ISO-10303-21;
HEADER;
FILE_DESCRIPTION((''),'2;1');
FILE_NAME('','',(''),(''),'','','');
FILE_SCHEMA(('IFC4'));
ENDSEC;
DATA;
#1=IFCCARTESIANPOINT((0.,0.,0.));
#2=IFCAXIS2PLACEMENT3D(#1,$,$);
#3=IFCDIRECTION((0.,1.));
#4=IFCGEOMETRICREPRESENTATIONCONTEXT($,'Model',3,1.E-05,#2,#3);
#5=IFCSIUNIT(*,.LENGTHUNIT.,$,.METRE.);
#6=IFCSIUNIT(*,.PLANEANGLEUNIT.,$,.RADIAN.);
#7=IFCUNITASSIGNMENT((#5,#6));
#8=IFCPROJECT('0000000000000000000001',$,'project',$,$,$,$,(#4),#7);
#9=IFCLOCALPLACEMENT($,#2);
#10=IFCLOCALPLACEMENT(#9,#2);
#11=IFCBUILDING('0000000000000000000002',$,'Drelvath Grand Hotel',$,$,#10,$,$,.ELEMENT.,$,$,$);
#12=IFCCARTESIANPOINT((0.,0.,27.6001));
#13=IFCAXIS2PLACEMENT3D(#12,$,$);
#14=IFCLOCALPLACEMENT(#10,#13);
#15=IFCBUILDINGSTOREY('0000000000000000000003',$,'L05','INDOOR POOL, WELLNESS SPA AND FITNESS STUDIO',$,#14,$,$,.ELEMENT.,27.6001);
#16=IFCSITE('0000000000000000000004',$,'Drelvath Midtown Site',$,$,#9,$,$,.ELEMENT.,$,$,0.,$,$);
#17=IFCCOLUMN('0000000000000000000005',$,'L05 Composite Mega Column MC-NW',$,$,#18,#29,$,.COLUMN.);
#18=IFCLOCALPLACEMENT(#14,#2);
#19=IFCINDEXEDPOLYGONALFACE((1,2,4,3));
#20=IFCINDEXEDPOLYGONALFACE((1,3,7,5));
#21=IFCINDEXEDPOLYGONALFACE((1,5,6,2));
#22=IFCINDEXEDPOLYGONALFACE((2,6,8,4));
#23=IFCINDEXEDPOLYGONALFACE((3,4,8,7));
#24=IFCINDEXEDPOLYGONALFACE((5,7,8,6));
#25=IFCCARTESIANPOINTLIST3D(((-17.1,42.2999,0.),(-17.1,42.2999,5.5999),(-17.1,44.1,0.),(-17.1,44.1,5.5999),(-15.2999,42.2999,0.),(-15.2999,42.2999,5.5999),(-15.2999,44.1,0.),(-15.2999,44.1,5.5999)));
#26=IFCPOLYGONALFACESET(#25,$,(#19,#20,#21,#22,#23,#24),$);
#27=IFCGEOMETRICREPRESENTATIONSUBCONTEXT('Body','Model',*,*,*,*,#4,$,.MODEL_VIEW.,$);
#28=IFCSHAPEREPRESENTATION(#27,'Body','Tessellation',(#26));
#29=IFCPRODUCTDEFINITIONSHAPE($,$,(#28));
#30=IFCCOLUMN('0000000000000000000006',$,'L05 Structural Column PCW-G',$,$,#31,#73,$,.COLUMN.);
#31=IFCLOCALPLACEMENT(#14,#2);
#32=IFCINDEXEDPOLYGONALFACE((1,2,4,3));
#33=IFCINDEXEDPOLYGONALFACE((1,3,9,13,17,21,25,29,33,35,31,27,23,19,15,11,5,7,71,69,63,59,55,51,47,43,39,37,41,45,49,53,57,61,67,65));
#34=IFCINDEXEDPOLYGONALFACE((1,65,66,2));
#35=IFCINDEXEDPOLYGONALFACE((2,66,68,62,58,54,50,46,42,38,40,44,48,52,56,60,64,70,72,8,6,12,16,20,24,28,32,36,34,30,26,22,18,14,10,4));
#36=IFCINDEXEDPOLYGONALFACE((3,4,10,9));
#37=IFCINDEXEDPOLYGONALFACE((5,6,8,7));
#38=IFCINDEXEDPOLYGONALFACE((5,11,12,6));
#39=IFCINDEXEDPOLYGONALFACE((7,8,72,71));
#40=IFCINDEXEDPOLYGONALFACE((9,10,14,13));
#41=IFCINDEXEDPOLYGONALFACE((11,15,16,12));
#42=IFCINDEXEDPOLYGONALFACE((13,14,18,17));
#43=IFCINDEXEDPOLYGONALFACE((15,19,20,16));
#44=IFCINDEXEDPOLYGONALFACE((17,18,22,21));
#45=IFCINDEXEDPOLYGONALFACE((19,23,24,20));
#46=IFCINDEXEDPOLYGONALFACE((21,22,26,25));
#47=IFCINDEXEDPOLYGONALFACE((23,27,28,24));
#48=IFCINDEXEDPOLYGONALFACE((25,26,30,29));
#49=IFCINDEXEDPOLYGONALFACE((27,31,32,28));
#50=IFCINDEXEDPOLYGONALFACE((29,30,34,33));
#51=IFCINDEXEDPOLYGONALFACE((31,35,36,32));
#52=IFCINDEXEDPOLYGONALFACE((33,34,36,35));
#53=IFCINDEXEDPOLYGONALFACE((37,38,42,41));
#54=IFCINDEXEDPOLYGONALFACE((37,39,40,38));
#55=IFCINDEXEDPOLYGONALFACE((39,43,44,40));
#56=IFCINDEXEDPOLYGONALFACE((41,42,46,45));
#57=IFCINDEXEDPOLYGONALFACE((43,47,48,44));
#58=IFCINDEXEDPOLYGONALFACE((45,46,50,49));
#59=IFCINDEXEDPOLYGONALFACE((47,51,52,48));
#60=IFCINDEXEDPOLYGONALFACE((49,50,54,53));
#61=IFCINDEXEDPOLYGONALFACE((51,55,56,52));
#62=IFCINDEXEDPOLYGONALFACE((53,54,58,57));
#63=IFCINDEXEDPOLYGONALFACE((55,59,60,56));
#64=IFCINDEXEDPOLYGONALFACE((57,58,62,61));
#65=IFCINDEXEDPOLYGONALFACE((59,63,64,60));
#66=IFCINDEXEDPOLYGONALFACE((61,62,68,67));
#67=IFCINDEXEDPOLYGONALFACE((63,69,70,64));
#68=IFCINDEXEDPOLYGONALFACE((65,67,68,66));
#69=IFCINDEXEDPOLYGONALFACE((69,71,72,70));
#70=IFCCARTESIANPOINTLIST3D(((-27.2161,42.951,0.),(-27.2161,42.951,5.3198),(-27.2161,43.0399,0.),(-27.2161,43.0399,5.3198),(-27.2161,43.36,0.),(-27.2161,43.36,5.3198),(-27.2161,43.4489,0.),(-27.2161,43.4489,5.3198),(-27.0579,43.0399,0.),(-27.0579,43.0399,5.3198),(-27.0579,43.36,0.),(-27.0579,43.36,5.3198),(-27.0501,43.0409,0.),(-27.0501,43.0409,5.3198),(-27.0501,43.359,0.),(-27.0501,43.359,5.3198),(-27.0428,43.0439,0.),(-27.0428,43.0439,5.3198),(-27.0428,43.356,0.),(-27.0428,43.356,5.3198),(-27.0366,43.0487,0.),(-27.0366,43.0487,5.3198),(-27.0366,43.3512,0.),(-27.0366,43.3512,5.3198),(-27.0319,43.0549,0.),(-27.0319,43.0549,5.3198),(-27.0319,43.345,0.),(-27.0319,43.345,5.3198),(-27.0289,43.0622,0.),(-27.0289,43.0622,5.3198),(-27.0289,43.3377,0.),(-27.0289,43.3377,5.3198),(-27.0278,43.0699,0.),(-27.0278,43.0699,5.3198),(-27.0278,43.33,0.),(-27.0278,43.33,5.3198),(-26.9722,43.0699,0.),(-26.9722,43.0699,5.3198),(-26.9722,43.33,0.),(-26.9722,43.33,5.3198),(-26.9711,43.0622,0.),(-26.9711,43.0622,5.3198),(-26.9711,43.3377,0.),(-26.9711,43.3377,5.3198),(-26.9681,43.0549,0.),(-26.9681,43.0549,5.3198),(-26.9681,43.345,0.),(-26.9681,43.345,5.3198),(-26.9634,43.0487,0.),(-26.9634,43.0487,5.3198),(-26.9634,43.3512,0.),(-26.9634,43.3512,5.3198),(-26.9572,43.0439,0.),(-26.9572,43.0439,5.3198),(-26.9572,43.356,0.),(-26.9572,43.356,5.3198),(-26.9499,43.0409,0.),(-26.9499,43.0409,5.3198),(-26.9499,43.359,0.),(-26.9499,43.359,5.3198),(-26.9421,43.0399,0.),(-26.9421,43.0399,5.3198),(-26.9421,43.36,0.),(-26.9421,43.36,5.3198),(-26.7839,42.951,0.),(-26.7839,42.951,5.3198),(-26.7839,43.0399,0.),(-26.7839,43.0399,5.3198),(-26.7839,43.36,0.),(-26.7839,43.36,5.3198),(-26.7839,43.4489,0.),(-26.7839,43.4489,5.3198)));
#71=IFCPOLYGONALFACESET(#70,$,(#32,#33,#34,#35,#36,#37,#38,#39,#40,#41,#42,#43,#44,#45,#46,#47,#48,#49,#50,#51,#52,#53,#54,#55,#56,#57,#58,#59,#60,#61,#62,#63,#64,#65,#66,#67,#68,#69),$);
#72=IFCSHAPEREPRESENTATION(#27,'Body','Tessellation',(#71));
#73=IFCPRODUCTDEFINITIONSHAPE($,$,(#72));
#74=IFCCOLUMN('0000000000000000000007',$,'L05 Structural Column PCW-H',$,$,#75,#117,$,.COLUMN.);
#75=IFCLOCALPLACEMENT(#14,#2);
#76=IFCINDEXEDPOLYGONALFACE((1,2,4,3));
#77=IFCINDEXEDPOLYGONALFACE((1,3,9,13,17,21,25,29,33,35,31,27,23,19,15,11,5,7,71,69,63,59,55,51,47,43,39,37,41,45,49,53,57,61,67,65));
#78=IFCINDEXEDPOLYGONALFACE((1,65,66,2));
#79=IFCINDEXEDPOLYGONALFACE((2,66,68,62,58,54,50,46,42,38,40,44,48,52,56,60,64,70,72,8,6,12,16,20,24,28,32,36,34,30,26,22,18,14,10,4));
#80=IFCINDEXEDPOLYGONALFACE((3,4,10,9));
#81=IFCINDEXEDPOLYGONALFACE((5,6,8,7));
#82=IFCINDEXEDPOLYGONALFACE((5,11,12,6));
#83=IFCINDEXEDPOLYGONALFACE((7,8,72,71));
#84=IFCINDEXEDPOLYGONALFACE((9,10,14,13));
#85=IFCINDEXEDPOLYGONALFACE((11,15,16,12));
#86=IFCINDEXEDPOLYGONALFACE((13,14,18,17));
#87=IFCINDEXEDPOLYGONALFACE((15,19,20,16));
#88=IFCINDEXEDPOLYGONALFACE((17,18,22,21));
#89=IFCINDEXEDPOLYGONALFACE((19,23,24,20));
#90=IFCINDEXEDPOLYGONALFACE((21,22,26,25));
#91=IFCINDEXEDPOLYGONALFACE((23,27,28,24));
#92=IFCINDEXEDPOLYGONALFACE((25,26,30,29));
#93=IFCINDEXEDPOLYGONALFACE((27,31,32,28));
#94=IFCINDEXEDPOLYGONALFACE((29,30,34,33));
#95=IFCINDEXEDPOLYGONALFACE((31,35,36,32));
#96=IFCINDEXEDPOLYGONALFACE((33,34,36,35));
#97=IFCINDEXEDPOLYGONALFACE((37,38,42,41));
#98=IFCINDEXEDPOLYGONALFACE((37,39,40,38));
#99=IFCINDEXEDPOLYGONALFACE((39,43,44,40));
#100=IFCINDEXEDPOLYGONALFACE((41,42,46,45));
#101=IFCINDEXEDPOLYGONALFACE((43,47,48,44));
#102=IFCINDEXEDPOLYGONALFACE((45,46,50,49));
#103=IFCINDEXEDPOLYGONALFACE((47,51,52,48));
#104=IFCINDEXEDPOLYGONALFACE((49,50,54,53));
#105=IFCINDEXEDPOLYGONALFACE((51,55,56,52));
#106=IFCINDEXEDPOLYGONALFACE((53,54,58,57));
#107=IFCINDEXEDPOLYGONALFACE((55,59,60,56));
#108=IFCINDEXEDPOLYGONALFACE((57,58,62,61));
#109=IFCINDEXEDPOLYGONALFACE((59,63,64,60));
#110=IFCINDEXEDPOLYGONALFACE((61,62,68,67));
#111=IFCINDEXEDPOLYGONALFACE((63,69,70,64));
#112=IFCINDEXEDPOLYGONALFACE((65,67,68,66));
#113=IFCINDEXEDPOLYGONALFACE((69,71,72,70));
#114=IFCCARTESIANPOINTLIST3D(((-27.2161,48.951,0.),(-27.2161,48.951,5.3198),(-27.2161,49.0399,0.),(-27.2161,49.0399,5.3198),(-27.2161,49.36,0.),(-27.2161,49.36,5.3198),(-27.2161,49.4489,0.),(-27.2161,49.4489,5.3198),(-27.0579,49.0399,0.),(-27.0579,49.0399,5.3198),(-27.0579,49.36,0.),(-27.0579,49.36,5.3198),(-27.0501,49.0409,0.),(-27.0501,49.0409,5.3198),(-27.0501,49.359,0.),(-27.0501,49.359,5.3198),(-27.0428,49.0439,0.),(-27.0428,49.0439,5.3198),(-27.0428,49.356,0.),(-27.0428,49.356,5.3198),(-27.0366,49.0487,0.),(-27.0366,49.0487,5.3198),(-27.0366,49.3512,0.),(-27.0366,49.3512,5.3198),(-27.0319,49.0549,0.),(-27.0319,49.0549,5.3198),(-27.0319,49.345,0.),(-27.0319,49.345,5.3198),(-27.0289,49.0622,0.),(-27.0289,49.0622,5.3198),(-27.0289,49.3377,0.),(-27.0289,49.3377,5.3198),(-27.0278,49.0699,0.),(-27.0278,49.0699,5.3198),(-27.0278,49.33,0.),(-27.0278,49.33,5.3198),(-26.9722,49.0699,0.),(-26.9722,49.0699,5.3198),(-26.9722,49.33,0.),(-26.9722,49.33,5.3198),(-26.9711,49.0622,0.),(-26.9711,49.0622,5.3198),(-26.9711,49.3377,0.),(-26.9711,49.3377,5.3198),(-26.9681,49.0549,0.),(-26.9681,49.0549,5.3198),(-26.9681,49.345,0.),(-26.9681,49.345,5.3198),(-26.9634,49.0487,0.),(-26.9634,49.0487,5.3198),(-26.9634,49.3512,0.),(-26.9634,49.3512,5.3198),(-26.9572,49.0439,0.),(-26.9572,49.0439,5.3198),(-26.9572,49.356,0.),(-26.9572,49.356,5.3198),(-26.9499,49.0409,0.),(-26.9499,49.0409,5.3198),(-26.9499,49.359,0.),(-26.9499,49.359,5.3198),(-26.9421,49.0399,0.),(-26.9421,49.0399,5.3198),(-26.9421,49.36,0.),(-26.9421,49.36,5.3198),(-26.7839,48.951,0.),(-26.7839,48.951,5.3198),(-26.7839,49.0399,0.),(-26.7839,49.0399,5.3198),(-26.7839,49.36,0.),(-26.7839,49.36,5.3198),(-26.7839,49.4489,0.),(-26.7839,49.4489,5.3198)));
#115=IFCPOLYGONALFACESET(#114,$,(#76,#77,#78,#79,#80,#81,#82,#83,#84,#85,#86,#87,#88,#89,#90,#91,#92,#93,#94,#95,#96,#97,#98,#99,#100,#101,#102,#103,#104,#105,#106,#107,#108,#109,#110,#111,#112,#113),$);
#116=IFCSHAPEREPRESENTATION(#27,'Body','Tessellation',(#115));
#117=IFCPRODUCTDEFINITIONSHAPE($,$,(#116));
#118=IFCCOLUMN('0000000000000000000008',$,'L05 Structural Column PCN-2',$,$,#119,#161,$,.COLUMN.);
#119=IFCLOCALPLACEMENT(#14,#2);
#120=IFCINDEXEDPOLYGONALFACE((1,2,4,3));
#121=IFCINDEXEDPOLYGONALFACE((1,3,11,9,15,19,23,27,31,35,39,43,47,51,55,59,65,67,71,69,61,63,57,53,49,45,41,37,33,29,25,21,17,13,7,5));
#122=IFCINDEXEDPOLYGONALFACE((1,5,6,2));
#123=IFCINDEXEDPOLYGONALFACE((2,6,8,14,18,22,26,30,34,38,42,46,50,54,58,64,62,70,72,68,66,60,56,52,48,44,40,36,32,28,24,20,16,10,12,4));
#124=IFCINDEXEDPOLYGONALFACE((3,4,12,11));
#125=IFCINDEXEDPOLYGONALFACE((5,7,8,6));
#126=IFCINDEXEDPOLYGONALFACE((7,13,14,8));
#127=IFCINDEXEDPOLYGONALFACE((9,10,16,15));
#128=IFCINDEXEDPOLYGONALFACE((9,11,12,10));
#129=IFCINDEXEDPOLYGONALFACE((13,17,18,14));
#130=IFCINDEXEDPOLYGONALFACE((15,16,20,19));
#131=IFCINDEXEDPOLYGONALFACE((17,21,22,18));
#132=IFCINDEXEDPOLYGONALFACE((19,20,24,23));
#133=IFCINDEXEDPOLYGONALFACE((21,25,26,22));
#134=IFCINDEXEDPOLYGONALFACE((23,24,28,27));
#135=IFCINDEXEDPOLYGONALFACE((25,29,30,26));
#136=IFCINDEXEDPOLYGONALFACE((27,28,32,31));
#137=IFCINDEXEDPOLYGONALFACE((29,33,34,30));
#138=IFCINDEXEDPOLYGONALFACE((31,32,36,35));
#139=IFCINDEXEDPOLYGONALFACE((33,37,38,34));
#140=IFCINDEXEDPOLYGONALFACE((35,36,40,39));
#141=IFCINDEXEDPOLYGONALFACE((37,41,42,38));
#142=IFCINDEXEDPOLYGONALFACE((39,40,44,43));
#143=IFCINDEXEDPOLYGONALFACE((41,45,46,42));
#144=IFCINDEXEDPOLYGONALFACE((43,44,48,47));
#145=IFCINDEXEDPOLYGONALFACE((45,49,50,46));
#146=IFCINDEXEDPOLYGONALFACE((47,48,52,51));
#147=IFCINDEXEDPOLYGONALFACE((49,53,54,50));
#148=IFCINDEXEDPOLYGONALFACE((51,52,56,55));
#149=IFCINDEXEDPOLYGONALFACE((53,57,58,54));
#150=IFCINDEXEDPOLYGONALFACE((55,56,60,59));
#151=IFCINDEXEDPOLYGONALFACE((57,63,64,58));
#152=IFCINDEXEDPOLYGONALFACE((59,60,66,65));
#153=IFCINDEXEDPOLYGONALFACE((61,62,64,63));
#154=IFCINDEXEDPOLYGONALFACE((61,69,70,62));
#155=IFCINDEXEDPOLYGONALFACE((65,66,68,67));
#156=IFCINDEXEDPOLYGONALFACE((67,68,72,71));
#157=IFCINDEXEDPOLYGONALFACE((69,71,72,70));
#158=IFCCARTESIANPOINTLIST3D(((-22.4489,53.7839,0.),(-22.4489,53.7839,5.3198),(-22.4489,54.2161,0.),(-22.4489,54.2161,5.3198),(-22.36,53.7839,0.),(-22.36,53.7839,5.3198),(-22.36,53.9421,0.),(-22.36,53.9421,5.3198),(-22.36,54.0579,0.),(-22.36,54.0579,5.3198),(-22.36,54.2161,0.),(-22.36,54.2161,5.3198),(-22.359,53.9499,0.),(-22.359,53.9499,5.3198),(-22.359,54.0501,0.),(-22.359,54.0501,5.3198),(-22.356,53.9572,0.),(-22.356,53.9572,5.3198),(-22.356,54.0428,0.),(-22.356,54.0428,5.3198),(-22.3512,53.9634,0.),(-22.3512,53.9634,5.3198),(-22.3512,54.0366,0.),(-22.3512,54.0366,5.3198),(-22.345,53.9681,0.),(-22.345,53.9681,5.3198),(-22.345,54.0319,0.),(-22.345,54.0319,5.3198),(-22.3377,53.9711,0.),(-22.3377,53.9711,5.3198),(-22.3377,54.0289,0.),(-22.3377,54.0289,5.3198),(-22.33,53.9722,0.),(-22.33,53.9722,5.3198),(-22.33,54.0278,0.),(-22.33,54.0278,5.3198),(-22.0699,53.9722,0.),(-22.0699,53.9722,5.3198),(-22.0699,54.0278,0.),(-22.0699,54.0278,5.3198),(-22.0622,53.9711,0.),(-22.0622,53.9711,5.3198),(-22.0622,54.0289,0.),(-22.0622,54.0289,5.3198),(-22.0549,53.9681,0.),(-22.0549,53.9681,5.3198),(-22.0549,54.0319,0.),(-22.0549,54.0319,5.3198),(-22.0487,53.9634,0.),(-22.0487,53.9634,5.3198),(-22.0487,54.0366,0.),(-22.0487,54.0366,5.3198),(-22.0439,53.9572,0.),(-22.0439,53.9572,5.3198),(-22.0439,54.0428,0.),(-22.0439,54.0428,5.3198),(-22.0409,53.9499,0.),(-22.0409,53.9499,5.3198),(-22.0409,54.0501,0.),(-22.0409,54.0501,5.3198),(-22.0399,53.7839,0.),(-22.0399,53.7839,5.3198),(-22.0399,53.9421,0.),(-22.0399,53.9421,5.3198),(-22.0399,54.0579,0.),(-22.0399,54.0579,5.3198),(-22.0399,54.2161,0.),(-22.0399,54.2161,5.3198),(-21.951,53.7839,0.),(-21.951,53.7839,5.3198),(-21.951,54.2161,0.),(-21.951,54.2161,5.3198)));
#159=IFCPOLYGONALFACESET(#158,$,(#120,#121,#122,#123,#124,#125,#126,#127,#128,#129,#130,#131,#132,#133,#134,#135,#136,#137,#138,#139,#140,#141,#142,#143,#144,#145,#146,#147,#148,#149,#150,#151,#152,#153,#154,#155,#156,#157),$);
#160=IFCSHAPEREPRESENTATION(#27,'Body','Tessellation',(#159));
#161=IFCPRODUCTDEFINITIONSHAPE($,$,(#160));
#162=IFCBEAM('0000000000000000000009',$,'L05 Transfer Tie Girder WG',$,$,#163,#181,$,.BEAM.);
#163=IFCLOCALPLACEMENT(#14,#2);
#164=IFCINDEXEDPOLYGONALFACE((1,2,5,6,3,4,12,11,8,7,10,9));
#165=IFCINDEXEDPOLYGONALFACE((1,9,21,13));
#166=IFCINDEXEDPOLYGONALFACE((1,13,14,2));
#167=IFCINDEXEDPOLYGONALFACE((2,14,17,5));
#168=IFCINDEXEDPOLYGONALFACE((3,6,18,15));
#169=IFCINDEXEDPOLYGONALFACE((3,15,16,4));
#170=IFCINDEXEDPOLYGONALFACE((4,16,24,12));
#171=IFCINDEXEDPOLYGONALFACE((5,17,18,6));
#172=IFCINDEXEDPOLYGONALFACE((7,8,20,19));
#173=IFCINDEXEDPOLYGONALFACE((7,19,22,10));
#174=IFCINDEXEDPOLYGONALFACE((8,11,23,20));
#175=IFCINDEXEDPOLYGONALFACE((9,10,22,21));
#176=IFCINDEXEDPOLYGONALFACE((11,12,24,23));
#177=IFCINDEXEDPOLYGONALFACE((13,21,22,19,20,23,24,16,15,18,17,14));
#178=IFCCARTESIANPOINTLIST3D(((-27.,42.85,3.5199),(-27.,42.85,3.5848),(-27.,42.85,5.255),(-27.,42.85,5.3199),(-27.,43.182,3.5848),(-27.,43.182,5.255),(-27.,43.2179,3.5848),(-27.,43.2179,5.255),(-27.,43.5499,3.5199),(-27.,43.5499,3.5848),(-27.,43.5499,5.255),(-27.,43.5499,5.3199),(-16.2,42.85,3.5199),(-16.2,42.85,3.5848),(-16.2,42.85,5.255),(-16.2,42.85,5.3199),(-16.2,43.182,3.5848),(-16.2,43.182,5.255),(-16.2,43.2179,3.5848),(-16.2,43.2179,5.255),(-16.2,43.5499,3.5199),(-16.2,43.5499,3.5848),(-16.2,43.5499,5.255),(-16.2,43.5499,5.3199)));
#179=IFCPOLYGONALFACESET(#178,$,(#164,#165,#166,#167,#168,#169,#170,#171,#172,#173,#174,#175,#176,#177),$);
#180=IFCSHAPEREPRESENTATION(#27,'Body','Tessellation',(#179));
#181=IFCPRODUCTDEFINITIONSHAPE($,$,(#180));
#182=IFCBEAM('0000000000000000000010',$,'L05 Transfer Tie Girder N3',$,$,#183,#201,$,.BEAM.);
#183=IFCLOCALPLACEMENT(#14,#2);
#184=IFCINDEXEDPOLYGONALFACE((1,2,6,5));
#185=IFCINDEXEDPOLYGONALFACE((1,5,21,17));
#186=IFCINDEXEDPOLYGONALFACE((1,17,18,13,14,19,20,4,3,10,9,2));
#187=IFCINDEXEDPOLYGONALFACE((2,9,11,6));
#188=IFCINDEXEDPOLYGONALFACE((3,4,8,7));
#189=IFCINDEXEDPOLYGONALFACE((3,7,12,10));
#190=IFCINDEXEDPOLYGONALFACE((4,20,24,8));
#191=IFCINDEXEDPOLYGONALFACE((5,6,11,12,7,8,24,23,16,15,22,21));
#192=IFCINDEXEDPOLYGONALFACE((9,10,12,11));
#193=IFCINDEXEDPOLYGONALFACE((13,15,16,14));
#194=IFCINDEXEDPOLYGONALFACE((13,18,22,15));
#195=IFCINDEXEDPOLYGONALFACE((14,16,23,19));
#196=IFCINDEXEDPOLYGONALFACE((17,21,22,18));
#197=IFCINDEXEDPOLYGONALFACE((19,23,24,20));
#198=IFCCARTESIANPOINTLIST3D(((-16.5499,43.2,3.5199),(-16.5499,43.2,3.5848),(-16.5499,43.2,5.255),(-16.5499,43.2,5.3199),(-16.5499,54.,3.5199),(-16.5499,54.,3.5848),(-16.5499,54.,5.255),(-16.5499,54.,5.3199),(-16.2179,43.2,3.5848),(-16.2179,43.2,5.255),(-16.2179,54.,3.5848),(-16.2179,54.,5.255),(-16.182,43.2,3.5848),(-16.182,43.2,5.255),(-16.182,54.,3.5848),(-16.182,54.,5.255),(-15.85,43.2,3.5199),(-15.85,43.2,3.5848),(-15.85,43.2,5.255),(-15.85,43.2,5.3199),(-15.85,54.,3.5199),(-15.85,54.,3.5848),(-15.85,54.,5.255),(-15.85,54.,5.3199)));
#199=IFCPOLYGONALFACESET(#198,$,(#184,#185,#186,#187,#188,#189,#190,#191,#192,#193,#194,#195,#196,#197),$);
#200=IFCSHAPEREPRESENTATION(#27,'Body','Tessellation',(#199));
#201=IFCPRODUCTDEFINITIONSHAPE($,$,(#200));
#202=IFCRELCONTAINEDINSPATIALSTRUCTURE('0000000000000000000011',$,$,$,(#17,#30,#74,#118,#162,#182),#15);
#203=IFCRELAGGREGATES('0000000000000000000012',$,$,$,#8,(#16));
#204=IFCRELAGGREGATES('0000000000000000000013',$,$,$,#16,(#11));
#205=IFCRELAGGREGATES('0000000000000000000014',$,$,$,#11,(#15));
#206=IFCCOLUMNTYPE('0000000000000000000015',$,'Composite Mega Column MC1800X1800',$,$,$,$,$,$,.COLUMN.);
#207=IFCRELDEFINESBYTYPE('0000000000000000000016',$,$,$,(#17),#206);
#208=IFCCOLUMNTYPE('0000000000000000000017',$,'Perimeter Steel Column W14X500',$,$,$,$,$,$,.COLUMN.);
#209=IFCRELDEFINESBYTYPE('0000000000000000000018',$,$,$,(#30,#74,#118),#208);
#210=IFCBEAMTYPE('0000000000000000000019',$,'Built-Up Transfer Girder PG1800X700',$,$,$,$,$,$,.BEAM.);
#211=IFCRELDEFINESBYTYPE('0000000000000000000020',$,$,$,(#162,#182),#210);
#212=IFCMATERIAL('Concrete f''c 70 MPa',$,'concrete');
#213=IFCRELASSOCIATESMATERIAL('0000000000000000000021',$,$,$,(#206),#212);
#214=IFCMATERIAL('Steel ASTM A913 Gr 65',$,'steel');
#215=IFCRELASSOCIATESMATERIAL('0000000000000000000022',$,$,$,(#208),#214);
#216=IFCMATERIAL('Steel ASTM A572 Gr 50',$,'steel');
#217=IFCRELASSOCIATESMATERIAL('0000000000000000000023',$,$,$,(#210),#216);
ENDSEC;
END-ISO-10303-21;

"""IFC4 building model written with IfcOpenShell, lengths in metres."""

from ifc_helpers import new_model, si_unit, direction, frame, origin, origin_2d, place, context, subcontext, project, spatial, rectangle, i_section, extrude, material, material_profile, profile_set, type_object, element, save


model = new_model("IFC4")

# Units and contexts
model_context = context("Model", 3, precision=1e-05, world=origin(), true_north=direction((0.0, 1.0)))
body_context = subcontext(model_context, "Body", "Model", "MODEL_VIEW")
ifc_project = project(units=[si_unit("LENGTHUNIT", "METRE"), si_unit("PLANEANGLEUNIT", "RADIAN")], contexts=[model_context])

# Site, building, storey
site_placement = place(None, origin())
site = spatial("IfcSite", under=ifc_project, at=site_placement, Name="Drelvath Midtown Site", CompositionType="ELEMENT", RefElevation=0.0)
building_placement = place(site_placement, origin())
building = spatial("IfcBuilding", under=site, at=building_placement, Name="Drelvath Grand Hotel", CompositionType="ELEMENT")
storey_placement = place(building_placement, frame((0.0, 0.0, 27.6001)))
storey = spatial("IfcBuildingStorey", under=building, at=storey_placement, Name="L05", Description="INDOOR POOL, WELLNESS SPA AND FITNESS STUDIO", CompositionType="ELEMENT", Elevation=27.6001)

# Columns
ifc_material_1 = material(Name="Concrete f'c 70 MPa", Category="concrete")
ifc_material_profile_1 = material_profile(ifc_material_1, rectangle(XDim=1.8, YDim=1.8, at=origin_2d()), Name="MC1800X1800")
ifc_profile_set_1 = profile_set([ifc_material_profile_1], Name="Concrete f'c 70 MPa")
column_type_1 = type_object("IfcColumnType", Name="Composite Mega Column MC1800X1800", PredefinedType="COLUMN", material=ifc_profile_set_1)
column_placement = place(storey_placement, frame((-16.2, 43.2, 0.0), z_axis=(0.0, 0.0, 1.0), x_axis=(1.0, 0.0, 0.0)))
element("IfcColumn", 1, at=column_placement, inside=storey, type_object=column_type_1, Name="L05 Composite Mega Column MC-NW", PredefinedType="COLUMN", context=body_context, shape_type="SweptSolid", body=[
    extrude(rectangle(XDim=1.8, YDim=1.8, at=origin_2d()), origin(), (0.0, 0.0, 1.0), 5.5999),
])
ifc_material_2 = material(Name="Steel ASTM A913 Gr 65", Category="steel")
ifc_material_profile_2 = material_profile(ifc_material_2, i_section(OverallWidth=0.4321, OverallDepth=0.4978, WebThickness=0.0557, FlangeThickness=0.0889, FilletRadius=0.03, at=origin_2d()), Name="W14X500")
ifc_profile_set_2 = profile_set([ifc_material_profile_2], Name="Steel ASTM A913 Gr 65")
column_type_2 = type_object("IfcColumnType", Name="Perimeter Steel Column W14X500", PredefinedType="COLUMN", material=ifc_profile_set_2)
for number, where, z_axis, x_axis, name in (
    (2, (-27.0, 43.2, 0.0), (0.0, 0.0, 1.0), (1.0, 0.0, 0.0), "L05 Structural Column PCW-G"),
    (3, (-27.0, 49.2, 0.0), (0.0, 0.0, 1.0), (1.0, 0.0, 0.0), "L05 Structural Column PCW-H"),
    (4, (-22.2, 54.0, 0.0), (0.0, 0.0, 1.0), (0.0, 1.0, 0.0), "L05 Structural Column PCN-2"),
):
    element("IfcColumn", number, at=place(storey_placement, frame(where, z_axis=z_axis, x_axis=x_axis)), inside=storey, type_object=column_type_2, Name=name, PredefinedType="COLUMN", context=body_context, shape_type="SweptSolid", body=[
        extrude(i_section(OverallWidth=0.4321, OverallDepth=0.4978, WebThickness=0.0557, FlangeThickness=0.0889, FilletRadius=0.03, at=origin_2d()), origin(), (0.0, 0.0, 1.0), 5.3198),
    ])

# Beams
ifc_material_3 = material(Name="Steel ASTM A572 Gr 50", Category="steel")
ifc_material_profile_3 = material_profile(ifc_material_3, i_section(OverallWidth=0.7, OverallDepth=1.8, WebThickness=0.0359, FlangeThickness=0.0649, at=origin_2d()), Name="PG1800X700")
ifc_profile_set_3 = profile_set([ifc_material_profile_3], Name="Steel ASTM A572 Gr 50")
beam_type_1 = type_object("IfcBeamType", Name="Built-Up Transfer Girder PG1800X700", PredefinedType="BEAM", material=ifc_profile_set_3)
for number, where, z_axis, x_axis, name in (
    (5, (-27.0, 43.2, 4.4199), (1.0, 0.0, 0.0), (0.0, 1.0, 0.0), "L05 Transfer Tie Girder WG"),
    (6, (-16.2, 43.2, 4.4199), (0.0, 1.0, 0.0), (-1.0, 0.0, 0.0), "L05 Transfer Tie Girder N3"),
):
    element("IfcBeam", number, at=place(storey_placement, frame(where, z_axis=z_axis, x_axis=x_axis)), inside=storey, type_object=beam_type_1, Name=name, PredefinedType="BEAM", context=body_context, shape_type="SweptSolid", body=[
        extrude(i_section(OverallWidth=0.7, OverallDepth=1.8, WebThickness=0.0359, FlangeThickness=0.0649, at=origin_2d()), origin(), (0.0, 0.0, 1.0), 10.8),
    ])

save(model, "model.ifc")
